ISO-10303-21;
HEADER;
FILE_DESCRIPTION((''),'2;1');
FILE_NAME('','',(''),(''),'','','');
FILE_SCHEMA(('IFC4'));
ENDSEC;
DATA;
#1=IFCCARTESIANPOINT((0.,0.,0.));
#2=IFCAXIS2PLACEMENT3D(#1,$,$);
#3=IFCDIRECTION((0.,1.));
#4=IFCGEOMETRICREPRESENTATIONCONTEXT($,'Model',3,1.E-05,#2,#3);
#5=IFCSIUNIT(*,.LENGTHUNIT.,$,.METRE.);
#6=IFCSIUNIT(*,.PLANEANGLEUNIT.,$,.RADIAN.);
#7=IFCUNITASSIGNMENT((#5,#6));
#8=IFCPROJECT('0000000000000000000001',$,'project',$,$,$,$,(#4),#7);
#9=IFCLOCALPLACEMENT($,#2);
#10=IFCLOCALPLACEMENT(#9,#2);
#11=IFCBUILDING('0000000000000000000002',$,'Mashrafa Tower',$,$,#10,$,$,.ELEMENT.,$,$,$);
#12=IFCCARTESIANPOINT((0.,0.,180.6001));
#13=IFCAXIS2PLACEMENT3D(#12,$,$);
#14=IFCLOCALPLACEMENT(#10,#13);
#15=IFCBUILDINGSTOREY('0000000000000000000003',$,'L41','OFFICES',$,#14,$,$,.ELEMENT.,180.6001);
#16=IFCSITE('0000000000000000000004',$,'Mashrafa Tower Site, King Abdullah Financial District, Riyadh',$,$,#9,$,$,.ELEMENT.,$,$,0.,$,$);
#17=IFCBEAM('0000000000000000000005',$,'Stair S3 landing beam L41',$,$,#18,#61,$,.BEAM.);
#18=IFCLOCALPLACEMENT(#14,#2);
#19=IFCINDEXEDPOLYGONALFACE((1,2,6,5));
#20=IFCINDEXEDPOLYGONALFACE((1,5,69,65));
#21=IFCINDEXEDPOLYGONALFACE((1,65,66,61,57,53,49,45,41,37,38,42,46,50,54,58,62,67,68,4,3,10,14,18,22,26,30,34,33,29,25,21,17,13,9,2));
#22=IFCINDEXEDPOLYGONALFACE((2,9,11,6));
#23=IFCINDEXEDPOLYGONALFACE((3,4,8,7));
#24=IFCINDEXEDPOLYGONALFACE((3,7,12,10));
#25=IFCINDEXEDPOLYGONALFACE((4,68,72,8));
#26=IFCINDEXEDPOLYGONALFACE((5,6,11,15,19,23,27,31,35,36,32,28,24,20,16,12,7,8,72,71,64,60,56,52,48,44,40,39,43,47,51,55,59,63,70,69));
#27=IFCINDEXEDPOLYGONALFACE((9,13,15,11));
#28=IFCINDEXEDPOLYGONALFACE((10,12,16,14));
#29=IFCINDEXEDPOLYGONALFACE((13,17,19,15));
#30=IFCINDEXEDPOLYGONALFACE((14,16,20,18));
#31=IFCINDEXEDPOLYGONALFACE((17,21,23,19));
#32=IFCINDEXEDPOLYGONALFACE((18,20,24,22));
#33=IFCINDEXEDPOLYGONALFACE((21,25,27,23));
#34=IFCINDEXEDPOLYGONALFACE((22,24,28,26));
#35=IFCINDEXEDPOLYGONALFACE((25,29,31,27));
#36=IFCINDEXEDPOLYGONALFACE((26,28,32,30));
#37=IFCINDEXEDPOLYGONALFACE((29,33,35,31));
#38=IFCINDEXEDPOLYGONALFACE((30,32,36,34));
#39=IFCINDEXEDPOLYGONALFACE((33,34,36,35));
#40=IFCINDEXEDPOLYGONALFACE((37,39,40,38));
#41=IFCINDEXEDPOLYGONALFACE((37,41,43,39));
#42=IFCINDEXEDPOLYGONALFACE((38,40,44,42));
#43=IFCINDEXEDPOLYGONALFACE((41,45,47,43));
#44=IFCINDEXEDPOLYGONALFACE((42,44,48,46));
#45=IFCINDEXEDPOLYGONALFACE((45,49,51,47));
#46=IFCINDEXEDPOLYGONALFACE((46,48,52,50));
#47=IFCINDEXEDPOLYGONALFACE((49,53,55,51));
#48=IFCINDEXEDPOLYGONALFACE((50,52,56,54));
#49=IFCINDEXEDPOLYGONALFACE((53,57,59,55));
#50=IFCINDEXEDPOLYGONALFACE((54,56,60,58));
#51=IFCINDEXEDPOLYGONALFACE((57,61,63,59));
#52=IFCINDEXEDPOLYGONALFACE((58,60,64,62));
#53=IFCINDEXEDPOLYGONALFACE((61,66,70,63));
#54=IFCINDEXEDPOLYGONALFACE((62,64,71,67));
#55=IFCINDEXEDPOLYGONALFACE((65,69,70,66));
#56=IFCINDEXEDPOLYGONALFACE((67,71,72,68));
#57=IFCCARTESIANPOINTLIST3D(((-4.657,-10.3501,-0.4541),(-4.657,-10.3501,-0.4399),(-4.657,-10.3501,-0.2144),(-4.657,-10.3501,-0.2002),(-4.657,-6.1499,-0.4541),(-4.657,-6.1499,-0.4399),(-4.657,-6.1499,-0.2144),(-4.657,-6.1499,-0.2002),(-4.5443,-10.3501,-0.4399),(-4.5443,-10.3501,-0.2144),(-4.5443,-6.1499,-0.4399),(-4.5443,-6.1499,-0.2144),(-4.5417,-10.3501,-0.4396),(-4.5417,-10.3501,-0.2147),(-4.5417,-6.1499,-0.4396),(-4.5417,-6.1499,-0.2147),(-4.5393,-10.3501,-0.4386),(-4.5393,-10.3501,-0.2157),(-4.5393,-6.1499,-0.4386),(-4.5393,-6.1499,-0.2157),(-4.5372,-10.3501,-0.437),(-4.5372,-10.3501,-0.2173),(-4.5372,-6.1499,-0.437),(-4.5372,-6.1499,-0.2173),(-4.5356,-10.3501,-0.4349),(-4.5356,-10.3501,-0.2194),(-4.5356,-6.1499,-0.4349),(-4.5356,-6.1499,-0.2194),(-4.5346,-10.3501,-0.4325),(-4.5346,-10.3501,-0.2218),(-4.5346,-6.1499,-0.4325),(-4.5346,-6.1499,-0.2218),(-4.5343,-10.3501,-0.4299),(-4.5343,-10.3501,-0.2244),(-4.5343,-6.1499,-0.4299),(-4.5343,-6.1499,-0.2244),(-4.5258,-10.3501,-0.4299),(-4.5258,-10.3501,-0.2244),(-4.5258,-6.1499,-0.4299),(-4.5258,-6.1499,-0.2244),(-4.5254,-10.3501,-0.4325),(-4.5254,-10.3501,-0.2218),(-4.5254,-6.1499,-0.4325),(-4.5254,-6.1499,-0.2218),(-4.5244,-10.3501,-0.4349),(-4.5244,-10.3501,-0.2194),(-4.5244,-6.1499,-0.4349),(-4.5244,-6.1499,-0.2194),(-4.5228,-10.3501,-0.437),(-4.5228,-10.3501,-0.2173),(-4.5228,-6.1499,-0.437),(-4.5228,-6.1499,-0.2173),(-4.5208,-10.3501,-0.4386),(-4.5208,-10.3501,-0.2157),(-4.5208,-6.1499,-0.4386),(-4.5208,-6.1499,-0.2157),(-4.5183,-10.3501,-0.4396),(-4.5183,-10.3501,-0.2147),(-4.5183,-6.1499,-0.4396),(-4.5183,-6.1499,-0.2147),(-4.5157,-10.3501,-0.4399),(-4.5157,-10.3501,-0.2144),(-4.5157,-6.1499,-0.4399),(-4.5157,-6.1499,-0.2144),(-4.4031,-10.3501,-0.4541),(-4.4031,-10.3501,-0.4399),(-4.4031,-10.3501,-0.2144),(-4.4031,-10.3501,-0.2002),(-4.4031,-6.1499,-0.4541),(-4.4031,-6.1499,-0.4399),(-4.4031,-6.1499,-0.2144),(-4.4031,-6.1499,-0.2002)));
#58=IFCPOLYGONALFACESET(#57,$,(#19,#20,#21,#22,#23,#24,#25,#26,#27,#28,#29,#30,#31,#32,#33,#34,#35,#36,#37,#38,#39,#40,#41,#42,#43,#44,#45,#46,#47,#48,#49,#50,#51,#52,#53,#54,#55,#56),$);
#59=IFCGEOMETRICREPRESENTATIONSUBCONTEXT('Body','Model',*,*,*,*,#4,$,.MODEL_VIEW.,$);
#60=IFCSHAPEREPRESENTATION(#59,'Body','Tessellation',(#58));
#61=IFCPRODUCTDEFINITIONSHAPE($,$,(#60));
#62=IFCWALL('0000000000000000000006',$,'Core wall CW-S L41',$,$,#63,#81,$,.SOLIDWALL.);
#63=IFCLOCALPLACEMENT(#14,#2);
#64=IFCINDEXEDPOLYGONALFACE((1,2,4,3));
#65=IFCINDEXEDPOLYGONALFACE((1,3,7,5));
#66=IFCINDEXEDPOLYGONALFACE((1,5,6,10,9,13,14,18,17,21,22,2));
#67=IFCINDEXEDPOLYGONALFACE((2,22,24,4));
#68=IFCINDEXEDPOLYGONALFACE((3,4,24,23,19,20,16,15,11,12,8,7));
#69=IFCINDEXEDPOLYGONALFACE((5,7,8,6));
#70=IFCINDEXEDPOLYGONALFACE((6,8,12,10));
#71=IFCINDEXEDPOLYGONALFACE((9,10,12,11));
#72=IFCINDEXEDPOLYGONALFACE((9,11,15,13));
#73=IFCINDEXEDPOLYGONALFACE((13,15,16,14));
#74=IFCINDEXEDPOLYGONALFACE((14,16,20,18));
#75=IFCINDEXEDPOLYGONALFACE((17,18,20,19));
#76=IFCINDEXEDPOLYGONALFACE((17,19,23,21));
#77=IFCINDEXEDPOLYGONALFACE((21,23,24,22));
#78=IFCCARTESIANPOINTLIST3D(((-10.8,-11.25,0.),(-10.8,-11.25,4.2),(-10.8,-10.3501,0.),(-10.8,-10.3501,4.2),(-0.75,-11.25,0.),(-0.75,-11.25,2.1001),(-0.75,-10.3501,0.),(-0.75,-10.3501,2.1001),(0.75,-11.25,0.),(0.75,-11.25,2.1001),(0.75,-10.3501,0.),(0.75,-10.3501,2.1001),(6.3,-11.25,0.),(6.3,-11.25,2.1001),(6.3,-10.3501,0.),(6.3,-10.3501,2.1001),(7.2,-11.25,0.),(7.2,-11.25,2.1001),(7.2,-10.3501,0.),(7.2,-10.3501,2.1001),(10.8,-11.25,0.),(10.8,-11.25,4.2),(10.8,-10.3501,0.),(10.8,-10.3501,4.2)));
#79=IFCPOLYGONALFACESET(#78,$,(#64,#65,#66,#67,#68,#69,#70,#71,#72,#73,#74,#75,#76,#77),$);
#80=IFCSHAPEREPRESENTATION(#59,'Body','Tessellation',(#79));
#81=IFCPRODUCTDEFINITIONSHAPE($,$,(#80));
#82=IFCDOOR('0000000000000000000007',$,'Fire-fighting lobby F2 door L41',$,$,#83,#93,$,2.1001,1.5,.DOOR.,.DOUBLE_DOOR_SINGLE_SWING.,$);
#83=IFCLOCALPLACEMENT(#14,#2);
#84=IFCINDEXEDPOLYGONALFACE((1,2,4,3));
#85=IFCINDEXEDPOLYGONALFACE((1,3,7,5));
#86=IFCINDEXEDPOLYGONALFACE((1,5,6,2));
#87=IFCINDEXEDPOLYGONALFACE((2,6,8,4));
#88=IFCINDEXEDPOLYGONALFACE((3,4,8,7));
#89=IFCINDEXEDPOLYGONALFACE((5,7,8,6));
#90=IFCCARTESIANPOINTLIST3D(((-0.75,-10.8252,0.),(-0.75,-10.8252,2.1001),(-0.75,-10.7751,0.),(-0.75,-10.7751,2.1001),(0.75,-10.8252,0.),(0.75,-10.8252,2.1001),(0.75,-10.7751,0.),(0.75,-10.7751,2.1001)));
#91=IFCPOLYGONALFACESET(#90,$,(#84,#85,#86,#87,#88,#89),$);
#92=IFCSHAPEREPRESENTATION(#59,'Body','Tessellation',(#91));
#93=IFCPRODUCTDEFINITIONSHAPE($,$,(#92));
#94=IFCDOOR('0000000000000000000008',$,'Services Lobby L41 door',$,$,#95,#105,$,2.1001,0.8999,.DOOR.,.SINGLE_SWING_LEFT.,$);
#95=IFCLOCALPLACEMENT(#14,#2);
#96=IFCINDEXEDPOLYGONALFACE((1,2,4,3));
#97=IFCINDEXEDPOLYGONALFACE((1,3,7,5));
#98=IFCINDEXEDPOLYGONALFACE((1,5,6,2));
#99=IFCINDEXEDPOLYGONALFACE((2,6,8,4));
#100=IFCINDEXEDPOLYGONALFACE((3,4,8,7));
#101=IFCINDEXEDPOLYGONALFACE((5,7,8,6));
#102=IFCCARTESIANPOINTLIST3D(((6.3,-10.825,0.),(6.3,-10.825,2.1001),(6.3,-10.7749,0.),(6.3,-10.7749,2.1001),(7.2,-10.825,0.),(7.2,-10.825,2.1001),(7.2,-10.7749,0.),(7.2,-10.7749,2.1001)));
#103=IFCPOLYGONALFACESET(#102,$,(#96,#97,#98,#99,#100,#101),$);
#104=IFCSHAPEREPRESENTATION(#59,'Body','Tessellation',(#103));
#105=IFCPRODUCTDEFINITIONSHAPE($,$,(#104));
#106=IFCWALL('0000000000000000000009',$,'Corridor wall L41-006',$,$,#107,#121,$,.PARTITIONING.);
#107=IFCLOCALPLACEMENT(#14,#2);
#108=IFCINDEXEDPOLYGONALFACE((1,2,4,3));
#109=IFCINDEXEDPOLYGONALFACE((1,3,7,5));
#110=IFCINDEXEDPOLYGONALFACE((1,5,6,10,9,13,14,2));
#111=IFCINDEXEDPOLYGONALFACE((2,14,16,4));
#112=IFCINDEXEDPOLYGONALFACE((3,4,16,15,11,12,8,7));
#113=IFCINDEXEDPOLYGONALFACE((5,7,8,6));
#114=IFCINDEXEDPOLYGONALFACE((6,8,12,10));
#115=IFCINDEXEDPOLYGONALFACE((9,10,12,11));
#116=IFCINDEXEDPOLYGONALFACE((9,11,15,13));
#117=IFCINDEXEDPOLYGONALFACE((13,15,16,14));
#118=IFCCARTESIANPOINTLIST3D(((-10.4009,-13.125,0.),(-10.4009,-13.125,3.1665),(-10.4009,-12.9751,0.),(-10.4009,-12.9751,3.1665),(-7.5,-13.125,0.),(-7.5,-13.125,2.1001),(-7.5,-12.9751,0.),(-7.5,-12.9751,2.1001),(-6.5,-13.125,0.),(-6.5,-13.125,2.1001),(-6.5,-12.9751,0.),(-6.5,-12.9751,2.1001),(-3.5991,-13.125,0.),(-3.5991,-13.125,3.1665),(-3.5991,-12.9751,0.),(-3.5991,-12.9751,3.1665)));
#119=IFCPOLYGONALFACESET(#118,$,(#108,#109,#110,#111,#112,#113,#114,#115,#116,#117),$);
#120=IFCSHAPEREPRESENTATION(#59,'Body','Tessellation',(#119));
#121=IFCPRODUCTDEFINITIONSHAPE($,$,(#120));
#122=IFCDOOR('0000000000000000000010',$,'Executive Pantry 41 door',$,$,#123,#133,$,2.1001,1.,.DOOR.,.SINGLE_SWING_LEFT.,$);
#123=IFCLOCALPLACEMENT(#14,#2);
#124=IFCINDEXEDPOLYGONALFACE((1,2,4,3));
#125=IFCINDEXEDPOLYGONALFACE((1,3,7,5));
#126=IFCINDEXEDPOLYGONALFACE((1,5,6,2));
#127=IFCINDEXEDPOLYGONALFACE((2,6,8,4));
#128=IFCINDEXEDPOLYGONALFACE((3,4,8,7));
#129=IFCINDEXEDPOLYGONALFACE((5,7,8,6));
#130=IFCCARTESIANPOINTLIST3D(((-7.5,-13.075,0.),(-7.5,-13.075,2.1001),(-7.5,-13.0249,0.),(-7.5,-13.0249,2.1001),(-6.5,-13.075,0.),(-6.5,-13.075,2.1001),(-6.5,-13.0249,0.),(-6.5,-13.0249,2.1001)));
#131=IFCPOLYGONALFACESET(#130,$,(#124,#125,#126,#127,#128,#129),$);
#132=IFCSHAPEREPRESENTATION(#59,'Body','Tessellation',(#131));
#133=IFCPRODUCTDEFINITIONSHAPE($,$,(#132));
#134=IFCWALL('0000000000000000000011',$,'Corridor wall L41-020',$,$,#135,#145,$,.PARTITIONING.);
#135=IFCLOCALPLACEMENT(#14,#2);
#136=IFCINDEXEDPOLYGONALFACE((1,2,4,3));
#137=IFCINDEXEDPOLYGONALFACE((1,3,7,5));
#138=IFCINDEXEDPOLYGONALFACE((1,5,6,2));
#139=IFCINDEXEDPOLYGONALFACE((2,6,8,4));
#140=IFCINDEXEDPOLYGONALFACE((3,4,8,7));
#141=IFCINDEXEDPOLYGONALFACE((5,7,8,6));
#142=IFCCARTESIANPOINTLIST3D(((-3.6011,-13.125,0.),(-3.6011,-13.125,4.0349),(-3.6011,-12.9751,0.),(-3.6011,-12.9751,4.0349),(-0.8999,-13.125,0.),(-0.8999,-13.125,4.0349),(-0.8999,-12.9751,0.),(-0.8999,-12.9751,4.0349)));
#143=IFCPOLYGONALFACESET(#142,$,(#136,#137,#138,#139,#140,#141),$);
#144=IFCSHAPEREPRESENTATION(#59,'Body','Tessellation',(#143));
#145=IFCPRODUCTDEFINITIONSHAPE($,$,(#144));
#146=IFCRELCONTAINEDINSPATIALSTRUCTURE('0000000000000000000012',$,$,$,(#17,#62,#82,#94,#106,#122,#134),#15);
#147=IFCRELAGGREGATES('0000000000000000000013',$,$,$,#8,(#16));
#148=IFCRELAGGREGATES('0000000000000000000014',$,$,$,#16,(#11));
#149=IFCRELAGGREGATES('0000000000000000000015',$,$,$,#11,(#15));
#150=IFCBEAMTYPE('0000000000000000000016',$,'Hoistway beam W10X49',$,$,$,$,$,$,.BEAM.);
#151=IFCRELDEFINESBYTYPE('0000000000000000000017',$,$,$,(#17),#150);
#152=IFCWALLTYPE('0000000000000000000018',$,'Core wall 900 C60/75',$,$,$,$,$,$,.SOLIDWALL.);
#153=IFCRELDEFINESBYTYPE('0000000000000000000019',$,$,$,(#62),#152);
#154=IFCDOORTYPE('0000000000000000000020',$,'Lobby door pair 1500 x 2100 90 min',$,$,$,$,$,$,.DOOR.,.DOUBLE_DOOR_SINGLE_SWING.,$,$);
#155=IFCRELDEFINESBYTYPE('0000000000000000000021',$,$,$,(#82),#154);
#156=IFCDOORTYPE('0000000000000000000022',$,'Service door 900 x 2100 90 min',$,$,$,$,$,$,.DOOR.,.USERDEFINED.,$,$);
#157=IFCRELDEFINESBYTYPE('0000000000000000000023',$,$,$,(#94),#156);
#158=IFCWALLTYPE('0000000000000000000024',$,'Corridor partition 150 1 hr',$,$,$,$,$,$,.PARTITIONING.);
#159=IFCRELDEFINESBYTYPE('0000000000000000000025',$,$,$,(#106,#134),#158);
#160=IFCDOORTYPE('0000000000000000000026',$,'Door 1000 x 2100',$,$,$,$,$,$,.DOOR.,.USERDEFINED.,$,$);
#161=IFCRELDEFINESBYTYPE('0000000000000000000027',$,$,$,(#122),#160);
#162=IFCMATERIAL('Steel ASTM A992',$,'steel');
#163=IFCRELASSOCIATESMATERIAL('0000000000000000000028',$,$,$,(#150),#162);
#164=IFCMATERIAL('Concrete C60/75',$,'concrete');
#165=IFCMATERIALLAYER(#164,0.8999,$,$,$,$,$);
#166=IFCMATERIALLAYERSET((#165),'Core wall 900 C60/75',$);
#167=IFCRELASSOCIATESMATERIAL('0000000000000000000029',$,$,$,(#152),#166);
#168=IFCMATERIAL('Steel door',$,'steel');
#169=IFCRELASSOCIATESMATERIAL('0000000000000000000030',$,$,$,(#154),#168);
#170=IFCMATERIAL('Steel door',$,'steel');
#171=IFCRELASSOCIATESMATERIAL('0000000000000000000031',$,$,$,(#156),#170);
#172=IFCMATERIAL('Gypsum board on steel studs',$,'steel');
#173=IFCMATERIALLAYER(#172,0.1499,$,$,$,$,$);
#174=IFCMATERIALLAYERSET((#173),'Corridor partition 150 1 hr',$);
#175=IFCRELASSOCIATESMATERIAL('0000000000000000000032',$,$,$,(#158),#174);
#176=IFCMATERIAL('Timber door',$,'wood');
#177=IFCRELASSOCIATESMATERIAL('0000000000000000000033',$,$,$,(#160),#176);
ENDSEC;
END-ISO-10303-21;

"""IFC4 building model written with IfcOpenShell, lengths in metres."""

from ifc_helpers import new_model, si_unit, direction, frame, frame_2d, origin, origin_2d, place, context, subcontext, project, spatial, rectangle, i_section, extrude, material, layer, layer_set, material_profile, profile_set, type_object, element, fill, save


model = new_model("IFC4")

# Units and contexts
model_context = context("Model", 3, precision=1e-05, world=origin(), true_north=direction((0.0, 1.0)))
body_context = subcontext(model_context, "Body", "Model", "MODEL_VIEW")
ifc_project = project(units=[si_unit("LENGTHUNIT", "METRE"), si_unit("PLANEANGLEUNIT", "RADIAN")], contexts=[model_context])

# Site, building, storey
site_placement = place(None, origin())
site = spatial("IfcSite", under=ifc_project, at=site_placement, Name="Mashrafa Tower Site, King Abdullah Financial District, Riyadh", CompositionType="ELEMENT", RefElevation=0.0)
building_placement = place(site_placement, origin())
building = spatial("IfcBuilding", under=site, at=building_placement, Name="Mashrafa Tower", CompositionType="ELEMENT")
storey_placement = place(building_placement, frame((0.0, 0.0, 180.6001)))
storey = spatial("IfcBuildingStorey", under=building, at=storey_placement, Name="L41", Description="OFFICES", CompositionType="ELEMENT", Elevation=180.6001)

# Beam
ifc_material_1 = material(Name="Steel ASTM A992", Category="steel")
ifc_material_profile_1 = material_profile(ifc_material_1, i_section(OverallWidth=0.2539, OverallDepth=0.2539, WebThickness=0.0085, FlangeThickness=0.0142, FilletRadius=0.01, at=origin_2d()), Name="W10X49")
ifc_profile_set_1 = profile_set([ifc_material_profile_1], Name="Steel ASTM A992")
beam_type_1 = type_object("IfcBeamType", Name="Hoistway beam W10X49", PredefinedType="BEAM", material=ifc_profile_set_1)
beam_1_placement = place(storey_placement, frame((-4.53, -10.3501, -0.3271), z_axis=(0.0, 1.0, 0.0), x_axis=(-1.0, 0.0, 0.0)))
element("IfcBeam", 1, at=beam_1_placement, inside=storey, type_object=beam_type_1, Name="Stair S3 landing beam L41", PredefinedType="BEAM", context=body_context, shape_type="SweptSolid", body=[
    extrude(i_section(OverallWidth=0.2539, OverallDepth=0.2539, WebThickness=0.0085, FlangeThickness=0.0142, FilletRadius=0.01, at=origin_2d()), origin(), (0.0, 0.0, 1.0), 4.2002),
])

# Wall, openings, doors
ifc_material_2 = material(Name="Concrete C60/75", Category="concrete")
ifc_layer_1 = layer(ifc_material_2, 0.8999)
ifc_layer_set_1 = layer_set([ifc_layer_1], Name="Core wall 900 C60/75")
wall_type_1 = type_object("IfcWallType", Name="Core wall 900 C60/75", PredefinedType="SOLIDWALL", material=ifc_layer_set_1)
wall_1_placement = place(storey_placement, frame((-10.8, -10.8, 0.0), z_axis=(0.0, 0.0, 1.0), x_axis=(1.0, 0.0, 0.0)))
wall_1 = element("IfcWall", 2, at=wall_1_placement, inside=storey, type_object=wall_type_1, Name="Core wall CW-S L41", PredefinedType="SOLIDWALL", context=body_context, shape_type="SweptSolid", body=[
    extrude(rectangle(XDim=21.6001, YDim=0.8999, at=frame_2d((10.8, 0.0))), origin(), (0.0, 0.0, 1.0), 4.2),
])
opening_1_placement = place(wall_1_placement, frame((10.05, 0.0, 0.0)))
opening_1 = element("IfcOpeningElement", 3, at=opening_1_placement, cuts=wall_1, PredefinedType="OPENING", context=body_context, shape_type="SweptSolid", body=[
    extrude(rectangle(XDim=1.5, YDim=2.1001, at=frame_2d((0.75, 1.05))), frame((0.0, 0.46, 0.0), z_axis=(0.0, -1.0, 0.0), x_axis=(1.0, 0.0, 0.0)), (0.0, 0.0, 1.0), 0.9199),
])
opening_2_placement = place(wall_1_placement, frame((17.1001, 0.0, 0.0)))
opening_2 = element("IfcOpeningElement", 4, at=opening_2_placement, cuts=wall_1, PredefinedType="OPENING", context=body_context, shape_type="SweptSolid", body=[
    extrude(rectangle(XDim=0.8999, YDim=2.1001, at=frame_2d((0.45, 1.05))), frame((0.0, 0.46, 0.0), z_axis=(0.0, -1.0, 0.0), x_axis=(1.0, 0.0, 0.0)), (0.0, 0.0, 1.0), 0.9199),
])
ifc_material_3 = material(Name="Steel door", Category="steel")
door_type_1 = type_object("IfcDoorType", Name="Lobby door pair 1500 x 2100 90 min", OperationType="DOUBLE_DOOR_SINGLE_SWING", PredefinedType="DOOR", material=ifc_material_3)
door_1_placement = place(opening_1_placement, origin())
door_1 = element("IfcDoor", 5, at=door_1_placement, inside=storey, type_object=door_type_1, Name="Fire-fighting lobby F2 door L41", OperationType="DOUBLE_DOOR_SINGLE_SWING", OverallHeight=2.1001, OverallWidth=1.5, PredefinedType="DOOR", context=body_context, shape_type="SweptSolid", body=[
    extrude(rectangle(XDim=1.5, YDim=2.1001, at=frame_2d((0.75, 1.05))), frame((0.0, 0.0249, 0.0), z_axis=(0.0, -1.0, 0.0), x_axis=(1.0, 0.0, 0.0)), (0.0, 0.0, 1.0), 0.05),
])
fill(opening_1, door_1)
ifc_material_4 = material(Name="Steel door", Category="steel")
door_type_2 = type_object("IfcDoorType", Name="Service door 900 x 2100 90 min", OperationType="USERDEFINED", PredefinedType="DOOR", material=ifc_material_4)
door_2_placement = place(opening_2_placement, frame((0.8999, 0.0, 0.0), z_axis=(0.0, 0.0, 1.0), x_axis=(-1.0, 0.0, 0.0)))
door_2 = element("IfcDoor", 6, at=door_2_placement, inside=storey, type_object=door_type_2, Name="Services Lobby L41 door", OperationType="SINGLE_SWING_LEFT", OverallHeight=2.1001, OverallWidth=0.8999, PredefinedType="DOOR", context=body_context, shape_type="SweptSolid", body=[
    extrude(rectangle(XDim=0.8999, YDim=2.1001, at=frame_2d((0.45, 1.05))), frame((0.0, 0.0249, 0.0), z_axis=(0.0, -1.0, 0.0), x_axis=(1.0, 0.0, 0.0)), (0.0, 0.0, 1.0), 0.05),
])
fill(opening_2, door_2)

# Wall, opening, door
ifc_material_5 = material(Name="Gypsum board on steel studs", Category="steel")
ifc_layer_2 = layer(ifc_material_5, 0.1499)
ifc_layer_set_2 = layer_set([ifc_layer_2], Name="Corridor partition 150 1 hr")
wall_type_2 = type_object("IfcWallType", Name="Corridor partition 150 1 hr", PredefinedType="PARTITIONING", material=ifc_layer_set_2)
wall_2_placement = place(storey_placement, frame((-10.4009, -13.05, 0.0), z_axis=(0.0, 0.0, 1.0), x_axis=(1.0, 0.0, 0.0)))
wall_2 = element("IfcWall", 7, at=wall_2_placement, inside=storey, type_object=wall_type_2, Name="Corridor wall L41-006", PredefinedType="PARTITIONING", context=body_context, shape_type="SweptSolid", body=[
    extrude(rectangle(XDim=6.8018, YDim=0.1499, at=frame_2d((3.4009, 0.0))), origin(), (0.0, 0.0, 1.0), 3.1665),
])
opening_3_placement = place(wall_2_placement, frame((2.9009, 0.0, 0.0)))
opening_3 = element("IfcOpeningElement", 8, at=opening_3_placement, cuts=wall_2, PredefinedType="OPENING", context=body_context, shape_type="SweptSolid", body=[
    extrude(rectangle(XDim=1.0, YDim=2.1001, at=frame_2d((0.5, 1.05))), frame((0.0, 0.085, 0.0), z_axis=(0.0, -1.0, 0.0), x_axis=(1.0, 0.0, 0.0)), (0.0, 0.0, 1.0), 0.1699),
])
ifc_material_6 = material(Name="Timber door", Category="wood")
door_type_3 = type_object("IfcDoorType", Name="Door 1000 x 2100", OperationType="USERDEFINED", PredefinedType="DOOR", material=ifc_material_6)
door_3_placement = place(opening_3_placement, frame((1.0, 0.0, 0.0), z_axis=(0.0, 0.0, 1.0), x_axis=(-1.0, 0.0, 0.0)))
door_3 = element("IfcDoor", 9, at=door_3_placement, inside=storey, type_object=door_type_3, Name="Executive Pantry 41 door", OperationType="SINGLE_SWING_LEFT", OverallHeight=2.1001, OverallWidth=1.0, PredefinedType="DOOR", context=body_context, shape_type="SweptSolid", body=[
    extrude(rectangle(XDim=1.0, YDim=2.1001, at=frame_2d((0.5, 1.05))), frame((0.0, 0.0249, 0.0), z_axis=(0.0, -1.0, 0.0), x_axis=(1.0, 0.0, 0.0)), (0.0, 0.0, 1.0), 0.05),
])
fill(opening_3, door_3)

# Wall
wall_3_placement = place(storey_placement, frame((-3.6011, -13.05, 0.0), z_axis=(0.0, 0.0, 1.0), x_axis=(1.0, 0.0, 0.0)))
element("IfcWall", 10, at=wall_3_placement, inside=storey, type_object=wall_type_2, Name="Corridor wall L41-020", PredefinedType="PARTITIONING", context=body_context, shape_type="SweptSolid", body=[
    extrude(rectangle(XDim=2.7012, YDim=0.1499, at=frame_2d((1.3506, 0.0))), origin(), (0.0, 0.0, 1.0), 4.0349),
])

save(model, "model.ifc")
